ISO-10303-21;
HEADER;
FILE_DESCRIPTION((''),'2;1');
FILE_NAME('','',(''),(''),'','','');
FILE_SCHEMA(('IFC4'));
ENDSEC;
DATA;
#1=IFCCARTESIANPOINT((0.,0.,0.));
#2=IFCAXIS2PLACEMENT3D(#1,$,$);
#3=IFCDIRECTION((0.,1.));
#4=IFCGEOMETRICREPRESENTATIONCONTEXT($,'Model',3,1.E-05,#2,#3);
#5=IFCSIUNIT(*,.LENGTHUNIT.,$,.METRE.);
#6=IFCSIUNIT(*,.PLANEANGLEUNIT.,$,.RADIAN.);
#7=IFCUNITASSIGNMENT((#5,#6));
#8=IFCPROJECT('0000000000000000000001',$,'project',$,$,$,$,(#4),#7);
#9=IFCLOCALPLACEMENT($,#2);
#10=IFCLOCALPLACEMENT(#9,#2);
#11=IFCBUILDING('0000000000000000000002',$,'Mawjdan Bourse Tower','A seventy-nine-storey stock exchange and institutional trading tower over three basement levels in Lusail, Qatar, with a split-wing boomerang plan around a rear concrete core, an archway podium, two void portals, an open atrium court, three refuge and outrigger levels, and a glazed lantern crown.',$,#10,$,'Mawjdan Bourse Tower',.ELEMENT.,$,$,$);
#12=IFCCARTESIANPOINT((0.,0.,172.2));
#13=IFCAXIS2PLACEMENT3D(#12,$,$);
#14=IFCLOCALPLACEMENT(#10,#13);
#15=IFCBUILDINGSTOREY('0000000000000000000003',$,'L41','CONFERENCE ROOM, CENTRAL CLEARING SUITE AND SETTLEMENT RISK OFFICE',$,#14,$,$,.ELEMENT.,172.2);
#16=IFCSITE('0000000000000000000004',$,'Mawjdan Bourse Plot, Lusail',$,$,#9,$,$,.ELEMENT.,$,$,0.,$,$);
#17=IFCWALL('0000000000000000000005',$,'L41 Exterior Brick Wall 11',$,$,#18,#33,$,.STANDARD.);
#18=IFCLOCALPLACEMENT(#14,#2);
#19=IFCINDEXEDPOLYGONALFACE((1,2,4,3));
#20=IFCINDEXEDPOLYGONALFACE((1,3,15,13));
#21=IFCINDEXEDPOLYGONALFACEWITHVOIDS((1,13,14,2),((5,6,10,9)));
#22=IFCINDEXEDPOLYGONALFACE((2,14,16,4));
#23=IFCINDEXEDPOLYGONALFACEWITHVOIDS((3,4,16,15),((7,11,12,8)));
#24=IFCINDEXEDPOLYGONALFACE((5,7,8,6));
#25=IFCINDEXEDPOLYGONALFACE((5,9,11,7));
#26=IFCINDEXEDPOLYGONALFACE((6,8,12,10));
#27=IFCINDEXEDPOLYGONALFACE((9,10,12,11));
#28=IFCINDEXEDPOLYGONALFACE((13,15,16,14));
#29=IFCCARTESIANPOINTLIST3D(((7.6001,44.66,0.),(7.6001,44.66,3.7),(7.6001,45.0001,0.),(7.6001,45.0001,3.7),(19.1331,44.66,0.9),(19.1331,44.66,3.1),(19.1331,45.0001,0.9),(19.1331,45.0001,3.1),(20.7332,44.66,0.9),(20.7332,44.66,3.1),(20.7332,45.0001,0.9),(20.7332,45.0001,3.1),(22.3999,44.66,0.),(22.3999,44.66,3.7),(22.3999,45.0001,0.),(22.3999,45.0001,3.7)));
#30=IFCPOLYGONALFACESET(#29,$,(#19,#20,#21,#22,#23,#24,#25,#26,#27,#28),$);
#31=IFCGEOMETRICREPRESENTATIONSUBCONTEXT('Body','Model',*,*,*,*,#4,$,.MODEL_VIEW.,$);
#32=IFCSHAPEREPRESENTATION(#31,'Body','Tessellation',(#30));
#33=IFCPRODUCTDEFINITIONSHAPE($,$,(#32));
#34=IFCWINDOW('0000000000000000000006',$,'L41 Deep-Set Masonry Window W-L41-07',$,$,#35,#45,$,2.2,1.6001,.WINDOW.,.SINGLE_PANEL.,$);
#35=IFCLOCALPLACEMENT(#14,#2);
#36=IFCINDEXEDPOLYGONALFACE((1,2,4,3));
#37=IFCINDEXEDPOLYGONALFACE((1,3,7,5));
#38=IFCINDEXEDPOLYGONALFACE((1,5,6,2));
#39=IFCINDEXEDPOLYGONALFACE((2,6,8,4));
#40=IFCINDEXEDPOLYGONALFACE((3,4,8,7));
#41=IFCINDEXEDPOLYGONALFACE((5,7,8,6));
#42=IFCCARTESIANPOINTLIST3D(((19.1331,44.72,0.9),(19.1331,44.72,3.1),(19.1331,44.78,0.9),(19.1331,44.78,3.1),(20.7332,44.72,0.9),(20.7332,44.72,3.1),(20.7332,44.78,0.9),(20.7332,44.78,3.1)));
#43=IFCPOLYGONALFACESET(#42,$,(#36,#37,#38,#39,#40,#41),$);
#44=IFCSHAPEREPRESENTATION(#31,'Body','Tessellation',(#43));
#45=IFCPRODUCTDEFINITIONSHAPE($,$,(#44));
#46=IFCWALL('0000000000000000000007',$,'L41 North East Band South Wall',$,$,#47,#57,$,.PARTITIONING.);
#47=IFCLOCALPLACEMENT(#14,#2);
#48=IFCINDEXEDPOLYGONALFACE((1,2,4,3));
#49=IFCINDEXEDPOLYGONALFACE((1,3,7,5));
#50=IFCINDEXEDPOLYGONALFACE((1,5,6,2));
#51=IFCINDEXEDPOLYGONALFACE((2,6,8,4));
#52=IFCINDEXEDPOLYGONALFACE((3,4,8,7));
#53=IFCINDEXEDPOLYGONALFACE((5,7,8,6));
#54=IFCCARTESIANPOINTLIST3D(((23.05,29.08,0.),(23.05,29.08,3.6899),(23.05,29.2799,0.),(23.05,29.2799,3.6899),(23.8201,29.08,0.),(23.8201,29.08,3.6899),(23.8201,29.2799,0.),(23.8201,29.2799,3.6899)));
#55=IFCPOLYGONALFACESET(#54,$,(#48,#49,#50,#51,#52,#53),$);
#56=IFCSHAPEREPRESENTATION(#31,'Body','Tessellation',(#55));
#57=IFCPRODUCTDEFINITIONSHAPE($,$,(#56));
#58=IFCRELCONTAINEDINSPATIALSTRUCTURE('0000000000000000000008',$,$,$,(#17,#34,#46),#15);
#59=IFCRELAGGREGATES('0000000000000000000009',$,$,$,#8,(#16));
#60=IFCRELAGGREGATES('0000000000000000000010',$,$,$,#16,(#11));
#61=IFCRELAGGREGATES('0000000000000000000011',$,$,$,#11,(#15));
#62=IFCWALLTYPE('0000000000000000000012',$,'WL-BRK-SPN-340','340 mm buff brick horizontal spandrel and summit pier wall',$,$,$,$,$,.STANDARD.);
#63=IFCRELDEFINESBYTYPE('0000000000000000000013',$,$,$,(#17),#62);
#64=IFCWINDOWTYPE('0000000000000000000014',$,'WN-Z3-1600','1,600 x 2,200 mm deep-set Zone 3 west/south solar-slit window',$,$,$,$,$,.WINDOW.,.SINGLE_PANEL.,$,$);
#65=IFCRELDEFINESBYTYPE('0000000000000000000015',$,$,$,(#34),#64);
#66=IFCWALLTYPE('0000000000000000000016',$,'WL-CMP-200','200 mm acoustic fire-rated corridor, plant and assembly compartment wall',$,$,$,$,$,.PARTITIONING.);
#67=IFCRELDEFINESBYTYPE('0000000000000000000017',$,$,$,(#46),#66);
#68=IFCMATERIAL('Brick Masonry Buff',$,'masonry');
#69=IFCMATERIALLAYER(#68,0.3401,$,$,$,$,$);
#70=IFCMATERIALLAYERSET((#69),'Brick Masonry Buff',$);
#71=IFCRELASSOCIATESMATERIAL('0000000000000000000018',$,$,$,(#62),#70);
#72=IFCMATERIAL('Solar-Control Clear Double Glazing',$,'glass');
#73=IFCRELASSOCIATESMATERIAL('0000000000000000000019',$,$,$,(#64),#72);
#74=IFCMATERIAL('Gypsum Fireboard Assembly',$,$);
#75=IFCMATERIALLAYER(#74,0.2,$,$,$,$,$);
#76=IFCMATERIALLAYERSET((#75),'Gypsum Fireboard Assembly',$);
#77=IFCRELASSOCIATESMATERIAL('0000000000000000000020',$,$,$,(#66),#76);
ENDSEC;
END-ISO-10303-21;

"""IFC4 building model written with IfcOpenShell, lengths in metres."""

from ifc_helpers import new_model, si_unit, direction, frame, frame_2d, origin, place, context, subcontext, project, spatial, rectangle, extrude, material, layer, layer_set, type_object, element, fill, save


model = new_model("IFC4")

# Units and contexts
model_context = context("Model", 3, precision=1e-05, world=origin(), true_north=direction((0.0, 1.0)))
body_context = subcontext(model_context, "Body", "Model", "MODEL_VIEW")
ifc_project = project(units=[si_unit("LENGTHUNIT", "METRE"), si_unit("PLANEANGLEUNIT", "RADIAN")], contexts=[model_context])

# Site, building, storey
site_placement = place(None, origin())
site = spatial("IfcSite", under=ifc_project, at=site_placement, Name="Mawjdan Bourse Plot, Lusail", CompositionType="ELEMENT", RefElevation=0.0)
building_placement = place(site_placement, origin())
building = spatial("IfcBuilding", under=site, at=building_placement, Name="Mawjdan Bourse Tower", Description="A seventy-nine-storey stock exchange and institutional trading tower over three basement levels in Lusail, Qatar, with a split-wing boomerang plan around a rear concrete core, an archway podium, two void portals, an open atrium court, three refuge and outrigger levels, and a glazed lantern crown.", LongName="Mawjdan Bourse Tower", CompositionType="ELEMENT")
storey_placement = place(building_placement, frame((0.0, 0.0, 172.2)))
storey = spatial("IfcBuildingStorey", under=building, at=storey_placement, Name="L41", Description="CONFERENCE ROOM, CENTRAL CLEARING SUITE AND SETTLEMENT RISK OFFICE", CompositionType="ELEMENT", Elevation=172.2)

# Shared definitions
ifc_material_1 = material(Name="Brick Masonry Buff", Category="masonry")
ifc_layer_1 = layer(ifc_material_1, 0.3401)
ifc_layer_set_1 = layer_set([ifc_layer_1], Name="Brick Masonry Buff")
wall_type_1 = type_object("IfcWallType", Name="WL-BRK-SPN-340", Description="340 mm buff brick horizontal spandrel and summit pier wall", PredefinedType="STANDARD", material=ifc_layer_set_1)

# Wall, opening, window
wall_1_placement = place(storey_placement, frame((22.3999, 44.8301, 0.0), z_axis=(0.0, 0.0, 1.0), x_axis=(-1.0, 0.0, 0.0)))
wall_1 = element("IfcWall", 1, at=wall_1_placement, inside=storey, type_object=wall_type_1, Name="L41 Exterior Brick Wall 11", PredefinedType="STANDARD", context=body_context, shape_type="SweptSolid", body=[
    extrude(rectangle(XDim=14.7998, YDim=0.3401, at=frame_2d((7.3999, 0.0))), origin(), (0.0, 0.0, 1.0), 3.7),
])
opening_placement = place(wall_1_placement, frame((1.6667, 0.0, 0.8999)))
opening = element("IfcOpeningElement", 2, at=opening_placement, cuts=wall_1, PredefinedType="OPENING", context=body_context, shape_type="SweptSolid", body=[
    extrude(rectangle(XDim=1.6001, YDim=2.2, at=frame_2d((0.8, 1.1001))), frame((0.0, 0.1802, 0.0), z_axis=(0.0, -1.0, 0.0), x_axis=(1.0, 0.0, 0.0)), (0.0, 0.0, 1.0), 0.3601),
])
ifc_material_2 = material(Name="Solar-Control Clear Double Glazing", Category="glass")
window_type = type_object("IfcWindowType", Name="WN-Z3-1600", Description="1,600 x 2,200 mm deep-set Zone 3 west/south solar-slit window", PartitioningType="SINGLE_PANEL", PredefinedType="WINDOW", material=ifc_material_2)
window_placement = place(opening_placement, origin())
window = element("IfcWindow", 3, at=window_placement, inside=storey, type_object=window_type, Name="L41 Deep-Set Masonry Window W-L41-07", OverallHeight=2.2, OverallWidth=1.6001, PartitioningType="SINGLE_PANEL", PredefinedType="WINDOW", context=body_context, shape_type="SweptSolid", body=[
    extrude(rectangle(XDim=1.6001, YDim=2.2, at=frame_2d((0.8, 1.1001))), frame((0.0, 0.1101, 0.0), z_axis=(0.0, -1.0, 0.0), x_axis=(1.0, 0.0, 0.0)), (0.0, 0.0, 1.0), 0.0601),
])
fill(opening, window)

# Wall
ifc_material_3 = material(Name="Gypsum Fireboard Assembly")
ifc_layer_2 = layer(ifc_material_3, 0.2)
ifc_layer_set_2 = layer_set([ifc_layer_2], Name="Gypsum Fireboard Assembly")
wall_type_2 = type_object("IfcWallType", Name="WL-CMP-200", Description="200 mm acoustic fire-rated corridor, plant and assembly compartment wall", PredefinedType="PARTITIONING", material=ifc_layer_set_2)
wall_2_placement = place(storey_placement, frame((23.05, 29.1799, 0.0), z_axis=(0.0, 0.0, 1.0), x_axis=(1.0, 0.0, 0.0)))
element("IfcWall", 4, at=wall_2_placement, inside=storey, type_object=wall_type_2, Name="L41 North East Band South Wall", PredefinedType="PARTITIONING", context=body_context, shape_type="SweptSolid", body=[
    extrude(rectangle(XDim=0.77, YDim=0.2, at=frame_2d((0.385, 0.0))), origin(), (0.0, 0.0, 1.0), 3.6899),
])

save(model, "model.ifc")
